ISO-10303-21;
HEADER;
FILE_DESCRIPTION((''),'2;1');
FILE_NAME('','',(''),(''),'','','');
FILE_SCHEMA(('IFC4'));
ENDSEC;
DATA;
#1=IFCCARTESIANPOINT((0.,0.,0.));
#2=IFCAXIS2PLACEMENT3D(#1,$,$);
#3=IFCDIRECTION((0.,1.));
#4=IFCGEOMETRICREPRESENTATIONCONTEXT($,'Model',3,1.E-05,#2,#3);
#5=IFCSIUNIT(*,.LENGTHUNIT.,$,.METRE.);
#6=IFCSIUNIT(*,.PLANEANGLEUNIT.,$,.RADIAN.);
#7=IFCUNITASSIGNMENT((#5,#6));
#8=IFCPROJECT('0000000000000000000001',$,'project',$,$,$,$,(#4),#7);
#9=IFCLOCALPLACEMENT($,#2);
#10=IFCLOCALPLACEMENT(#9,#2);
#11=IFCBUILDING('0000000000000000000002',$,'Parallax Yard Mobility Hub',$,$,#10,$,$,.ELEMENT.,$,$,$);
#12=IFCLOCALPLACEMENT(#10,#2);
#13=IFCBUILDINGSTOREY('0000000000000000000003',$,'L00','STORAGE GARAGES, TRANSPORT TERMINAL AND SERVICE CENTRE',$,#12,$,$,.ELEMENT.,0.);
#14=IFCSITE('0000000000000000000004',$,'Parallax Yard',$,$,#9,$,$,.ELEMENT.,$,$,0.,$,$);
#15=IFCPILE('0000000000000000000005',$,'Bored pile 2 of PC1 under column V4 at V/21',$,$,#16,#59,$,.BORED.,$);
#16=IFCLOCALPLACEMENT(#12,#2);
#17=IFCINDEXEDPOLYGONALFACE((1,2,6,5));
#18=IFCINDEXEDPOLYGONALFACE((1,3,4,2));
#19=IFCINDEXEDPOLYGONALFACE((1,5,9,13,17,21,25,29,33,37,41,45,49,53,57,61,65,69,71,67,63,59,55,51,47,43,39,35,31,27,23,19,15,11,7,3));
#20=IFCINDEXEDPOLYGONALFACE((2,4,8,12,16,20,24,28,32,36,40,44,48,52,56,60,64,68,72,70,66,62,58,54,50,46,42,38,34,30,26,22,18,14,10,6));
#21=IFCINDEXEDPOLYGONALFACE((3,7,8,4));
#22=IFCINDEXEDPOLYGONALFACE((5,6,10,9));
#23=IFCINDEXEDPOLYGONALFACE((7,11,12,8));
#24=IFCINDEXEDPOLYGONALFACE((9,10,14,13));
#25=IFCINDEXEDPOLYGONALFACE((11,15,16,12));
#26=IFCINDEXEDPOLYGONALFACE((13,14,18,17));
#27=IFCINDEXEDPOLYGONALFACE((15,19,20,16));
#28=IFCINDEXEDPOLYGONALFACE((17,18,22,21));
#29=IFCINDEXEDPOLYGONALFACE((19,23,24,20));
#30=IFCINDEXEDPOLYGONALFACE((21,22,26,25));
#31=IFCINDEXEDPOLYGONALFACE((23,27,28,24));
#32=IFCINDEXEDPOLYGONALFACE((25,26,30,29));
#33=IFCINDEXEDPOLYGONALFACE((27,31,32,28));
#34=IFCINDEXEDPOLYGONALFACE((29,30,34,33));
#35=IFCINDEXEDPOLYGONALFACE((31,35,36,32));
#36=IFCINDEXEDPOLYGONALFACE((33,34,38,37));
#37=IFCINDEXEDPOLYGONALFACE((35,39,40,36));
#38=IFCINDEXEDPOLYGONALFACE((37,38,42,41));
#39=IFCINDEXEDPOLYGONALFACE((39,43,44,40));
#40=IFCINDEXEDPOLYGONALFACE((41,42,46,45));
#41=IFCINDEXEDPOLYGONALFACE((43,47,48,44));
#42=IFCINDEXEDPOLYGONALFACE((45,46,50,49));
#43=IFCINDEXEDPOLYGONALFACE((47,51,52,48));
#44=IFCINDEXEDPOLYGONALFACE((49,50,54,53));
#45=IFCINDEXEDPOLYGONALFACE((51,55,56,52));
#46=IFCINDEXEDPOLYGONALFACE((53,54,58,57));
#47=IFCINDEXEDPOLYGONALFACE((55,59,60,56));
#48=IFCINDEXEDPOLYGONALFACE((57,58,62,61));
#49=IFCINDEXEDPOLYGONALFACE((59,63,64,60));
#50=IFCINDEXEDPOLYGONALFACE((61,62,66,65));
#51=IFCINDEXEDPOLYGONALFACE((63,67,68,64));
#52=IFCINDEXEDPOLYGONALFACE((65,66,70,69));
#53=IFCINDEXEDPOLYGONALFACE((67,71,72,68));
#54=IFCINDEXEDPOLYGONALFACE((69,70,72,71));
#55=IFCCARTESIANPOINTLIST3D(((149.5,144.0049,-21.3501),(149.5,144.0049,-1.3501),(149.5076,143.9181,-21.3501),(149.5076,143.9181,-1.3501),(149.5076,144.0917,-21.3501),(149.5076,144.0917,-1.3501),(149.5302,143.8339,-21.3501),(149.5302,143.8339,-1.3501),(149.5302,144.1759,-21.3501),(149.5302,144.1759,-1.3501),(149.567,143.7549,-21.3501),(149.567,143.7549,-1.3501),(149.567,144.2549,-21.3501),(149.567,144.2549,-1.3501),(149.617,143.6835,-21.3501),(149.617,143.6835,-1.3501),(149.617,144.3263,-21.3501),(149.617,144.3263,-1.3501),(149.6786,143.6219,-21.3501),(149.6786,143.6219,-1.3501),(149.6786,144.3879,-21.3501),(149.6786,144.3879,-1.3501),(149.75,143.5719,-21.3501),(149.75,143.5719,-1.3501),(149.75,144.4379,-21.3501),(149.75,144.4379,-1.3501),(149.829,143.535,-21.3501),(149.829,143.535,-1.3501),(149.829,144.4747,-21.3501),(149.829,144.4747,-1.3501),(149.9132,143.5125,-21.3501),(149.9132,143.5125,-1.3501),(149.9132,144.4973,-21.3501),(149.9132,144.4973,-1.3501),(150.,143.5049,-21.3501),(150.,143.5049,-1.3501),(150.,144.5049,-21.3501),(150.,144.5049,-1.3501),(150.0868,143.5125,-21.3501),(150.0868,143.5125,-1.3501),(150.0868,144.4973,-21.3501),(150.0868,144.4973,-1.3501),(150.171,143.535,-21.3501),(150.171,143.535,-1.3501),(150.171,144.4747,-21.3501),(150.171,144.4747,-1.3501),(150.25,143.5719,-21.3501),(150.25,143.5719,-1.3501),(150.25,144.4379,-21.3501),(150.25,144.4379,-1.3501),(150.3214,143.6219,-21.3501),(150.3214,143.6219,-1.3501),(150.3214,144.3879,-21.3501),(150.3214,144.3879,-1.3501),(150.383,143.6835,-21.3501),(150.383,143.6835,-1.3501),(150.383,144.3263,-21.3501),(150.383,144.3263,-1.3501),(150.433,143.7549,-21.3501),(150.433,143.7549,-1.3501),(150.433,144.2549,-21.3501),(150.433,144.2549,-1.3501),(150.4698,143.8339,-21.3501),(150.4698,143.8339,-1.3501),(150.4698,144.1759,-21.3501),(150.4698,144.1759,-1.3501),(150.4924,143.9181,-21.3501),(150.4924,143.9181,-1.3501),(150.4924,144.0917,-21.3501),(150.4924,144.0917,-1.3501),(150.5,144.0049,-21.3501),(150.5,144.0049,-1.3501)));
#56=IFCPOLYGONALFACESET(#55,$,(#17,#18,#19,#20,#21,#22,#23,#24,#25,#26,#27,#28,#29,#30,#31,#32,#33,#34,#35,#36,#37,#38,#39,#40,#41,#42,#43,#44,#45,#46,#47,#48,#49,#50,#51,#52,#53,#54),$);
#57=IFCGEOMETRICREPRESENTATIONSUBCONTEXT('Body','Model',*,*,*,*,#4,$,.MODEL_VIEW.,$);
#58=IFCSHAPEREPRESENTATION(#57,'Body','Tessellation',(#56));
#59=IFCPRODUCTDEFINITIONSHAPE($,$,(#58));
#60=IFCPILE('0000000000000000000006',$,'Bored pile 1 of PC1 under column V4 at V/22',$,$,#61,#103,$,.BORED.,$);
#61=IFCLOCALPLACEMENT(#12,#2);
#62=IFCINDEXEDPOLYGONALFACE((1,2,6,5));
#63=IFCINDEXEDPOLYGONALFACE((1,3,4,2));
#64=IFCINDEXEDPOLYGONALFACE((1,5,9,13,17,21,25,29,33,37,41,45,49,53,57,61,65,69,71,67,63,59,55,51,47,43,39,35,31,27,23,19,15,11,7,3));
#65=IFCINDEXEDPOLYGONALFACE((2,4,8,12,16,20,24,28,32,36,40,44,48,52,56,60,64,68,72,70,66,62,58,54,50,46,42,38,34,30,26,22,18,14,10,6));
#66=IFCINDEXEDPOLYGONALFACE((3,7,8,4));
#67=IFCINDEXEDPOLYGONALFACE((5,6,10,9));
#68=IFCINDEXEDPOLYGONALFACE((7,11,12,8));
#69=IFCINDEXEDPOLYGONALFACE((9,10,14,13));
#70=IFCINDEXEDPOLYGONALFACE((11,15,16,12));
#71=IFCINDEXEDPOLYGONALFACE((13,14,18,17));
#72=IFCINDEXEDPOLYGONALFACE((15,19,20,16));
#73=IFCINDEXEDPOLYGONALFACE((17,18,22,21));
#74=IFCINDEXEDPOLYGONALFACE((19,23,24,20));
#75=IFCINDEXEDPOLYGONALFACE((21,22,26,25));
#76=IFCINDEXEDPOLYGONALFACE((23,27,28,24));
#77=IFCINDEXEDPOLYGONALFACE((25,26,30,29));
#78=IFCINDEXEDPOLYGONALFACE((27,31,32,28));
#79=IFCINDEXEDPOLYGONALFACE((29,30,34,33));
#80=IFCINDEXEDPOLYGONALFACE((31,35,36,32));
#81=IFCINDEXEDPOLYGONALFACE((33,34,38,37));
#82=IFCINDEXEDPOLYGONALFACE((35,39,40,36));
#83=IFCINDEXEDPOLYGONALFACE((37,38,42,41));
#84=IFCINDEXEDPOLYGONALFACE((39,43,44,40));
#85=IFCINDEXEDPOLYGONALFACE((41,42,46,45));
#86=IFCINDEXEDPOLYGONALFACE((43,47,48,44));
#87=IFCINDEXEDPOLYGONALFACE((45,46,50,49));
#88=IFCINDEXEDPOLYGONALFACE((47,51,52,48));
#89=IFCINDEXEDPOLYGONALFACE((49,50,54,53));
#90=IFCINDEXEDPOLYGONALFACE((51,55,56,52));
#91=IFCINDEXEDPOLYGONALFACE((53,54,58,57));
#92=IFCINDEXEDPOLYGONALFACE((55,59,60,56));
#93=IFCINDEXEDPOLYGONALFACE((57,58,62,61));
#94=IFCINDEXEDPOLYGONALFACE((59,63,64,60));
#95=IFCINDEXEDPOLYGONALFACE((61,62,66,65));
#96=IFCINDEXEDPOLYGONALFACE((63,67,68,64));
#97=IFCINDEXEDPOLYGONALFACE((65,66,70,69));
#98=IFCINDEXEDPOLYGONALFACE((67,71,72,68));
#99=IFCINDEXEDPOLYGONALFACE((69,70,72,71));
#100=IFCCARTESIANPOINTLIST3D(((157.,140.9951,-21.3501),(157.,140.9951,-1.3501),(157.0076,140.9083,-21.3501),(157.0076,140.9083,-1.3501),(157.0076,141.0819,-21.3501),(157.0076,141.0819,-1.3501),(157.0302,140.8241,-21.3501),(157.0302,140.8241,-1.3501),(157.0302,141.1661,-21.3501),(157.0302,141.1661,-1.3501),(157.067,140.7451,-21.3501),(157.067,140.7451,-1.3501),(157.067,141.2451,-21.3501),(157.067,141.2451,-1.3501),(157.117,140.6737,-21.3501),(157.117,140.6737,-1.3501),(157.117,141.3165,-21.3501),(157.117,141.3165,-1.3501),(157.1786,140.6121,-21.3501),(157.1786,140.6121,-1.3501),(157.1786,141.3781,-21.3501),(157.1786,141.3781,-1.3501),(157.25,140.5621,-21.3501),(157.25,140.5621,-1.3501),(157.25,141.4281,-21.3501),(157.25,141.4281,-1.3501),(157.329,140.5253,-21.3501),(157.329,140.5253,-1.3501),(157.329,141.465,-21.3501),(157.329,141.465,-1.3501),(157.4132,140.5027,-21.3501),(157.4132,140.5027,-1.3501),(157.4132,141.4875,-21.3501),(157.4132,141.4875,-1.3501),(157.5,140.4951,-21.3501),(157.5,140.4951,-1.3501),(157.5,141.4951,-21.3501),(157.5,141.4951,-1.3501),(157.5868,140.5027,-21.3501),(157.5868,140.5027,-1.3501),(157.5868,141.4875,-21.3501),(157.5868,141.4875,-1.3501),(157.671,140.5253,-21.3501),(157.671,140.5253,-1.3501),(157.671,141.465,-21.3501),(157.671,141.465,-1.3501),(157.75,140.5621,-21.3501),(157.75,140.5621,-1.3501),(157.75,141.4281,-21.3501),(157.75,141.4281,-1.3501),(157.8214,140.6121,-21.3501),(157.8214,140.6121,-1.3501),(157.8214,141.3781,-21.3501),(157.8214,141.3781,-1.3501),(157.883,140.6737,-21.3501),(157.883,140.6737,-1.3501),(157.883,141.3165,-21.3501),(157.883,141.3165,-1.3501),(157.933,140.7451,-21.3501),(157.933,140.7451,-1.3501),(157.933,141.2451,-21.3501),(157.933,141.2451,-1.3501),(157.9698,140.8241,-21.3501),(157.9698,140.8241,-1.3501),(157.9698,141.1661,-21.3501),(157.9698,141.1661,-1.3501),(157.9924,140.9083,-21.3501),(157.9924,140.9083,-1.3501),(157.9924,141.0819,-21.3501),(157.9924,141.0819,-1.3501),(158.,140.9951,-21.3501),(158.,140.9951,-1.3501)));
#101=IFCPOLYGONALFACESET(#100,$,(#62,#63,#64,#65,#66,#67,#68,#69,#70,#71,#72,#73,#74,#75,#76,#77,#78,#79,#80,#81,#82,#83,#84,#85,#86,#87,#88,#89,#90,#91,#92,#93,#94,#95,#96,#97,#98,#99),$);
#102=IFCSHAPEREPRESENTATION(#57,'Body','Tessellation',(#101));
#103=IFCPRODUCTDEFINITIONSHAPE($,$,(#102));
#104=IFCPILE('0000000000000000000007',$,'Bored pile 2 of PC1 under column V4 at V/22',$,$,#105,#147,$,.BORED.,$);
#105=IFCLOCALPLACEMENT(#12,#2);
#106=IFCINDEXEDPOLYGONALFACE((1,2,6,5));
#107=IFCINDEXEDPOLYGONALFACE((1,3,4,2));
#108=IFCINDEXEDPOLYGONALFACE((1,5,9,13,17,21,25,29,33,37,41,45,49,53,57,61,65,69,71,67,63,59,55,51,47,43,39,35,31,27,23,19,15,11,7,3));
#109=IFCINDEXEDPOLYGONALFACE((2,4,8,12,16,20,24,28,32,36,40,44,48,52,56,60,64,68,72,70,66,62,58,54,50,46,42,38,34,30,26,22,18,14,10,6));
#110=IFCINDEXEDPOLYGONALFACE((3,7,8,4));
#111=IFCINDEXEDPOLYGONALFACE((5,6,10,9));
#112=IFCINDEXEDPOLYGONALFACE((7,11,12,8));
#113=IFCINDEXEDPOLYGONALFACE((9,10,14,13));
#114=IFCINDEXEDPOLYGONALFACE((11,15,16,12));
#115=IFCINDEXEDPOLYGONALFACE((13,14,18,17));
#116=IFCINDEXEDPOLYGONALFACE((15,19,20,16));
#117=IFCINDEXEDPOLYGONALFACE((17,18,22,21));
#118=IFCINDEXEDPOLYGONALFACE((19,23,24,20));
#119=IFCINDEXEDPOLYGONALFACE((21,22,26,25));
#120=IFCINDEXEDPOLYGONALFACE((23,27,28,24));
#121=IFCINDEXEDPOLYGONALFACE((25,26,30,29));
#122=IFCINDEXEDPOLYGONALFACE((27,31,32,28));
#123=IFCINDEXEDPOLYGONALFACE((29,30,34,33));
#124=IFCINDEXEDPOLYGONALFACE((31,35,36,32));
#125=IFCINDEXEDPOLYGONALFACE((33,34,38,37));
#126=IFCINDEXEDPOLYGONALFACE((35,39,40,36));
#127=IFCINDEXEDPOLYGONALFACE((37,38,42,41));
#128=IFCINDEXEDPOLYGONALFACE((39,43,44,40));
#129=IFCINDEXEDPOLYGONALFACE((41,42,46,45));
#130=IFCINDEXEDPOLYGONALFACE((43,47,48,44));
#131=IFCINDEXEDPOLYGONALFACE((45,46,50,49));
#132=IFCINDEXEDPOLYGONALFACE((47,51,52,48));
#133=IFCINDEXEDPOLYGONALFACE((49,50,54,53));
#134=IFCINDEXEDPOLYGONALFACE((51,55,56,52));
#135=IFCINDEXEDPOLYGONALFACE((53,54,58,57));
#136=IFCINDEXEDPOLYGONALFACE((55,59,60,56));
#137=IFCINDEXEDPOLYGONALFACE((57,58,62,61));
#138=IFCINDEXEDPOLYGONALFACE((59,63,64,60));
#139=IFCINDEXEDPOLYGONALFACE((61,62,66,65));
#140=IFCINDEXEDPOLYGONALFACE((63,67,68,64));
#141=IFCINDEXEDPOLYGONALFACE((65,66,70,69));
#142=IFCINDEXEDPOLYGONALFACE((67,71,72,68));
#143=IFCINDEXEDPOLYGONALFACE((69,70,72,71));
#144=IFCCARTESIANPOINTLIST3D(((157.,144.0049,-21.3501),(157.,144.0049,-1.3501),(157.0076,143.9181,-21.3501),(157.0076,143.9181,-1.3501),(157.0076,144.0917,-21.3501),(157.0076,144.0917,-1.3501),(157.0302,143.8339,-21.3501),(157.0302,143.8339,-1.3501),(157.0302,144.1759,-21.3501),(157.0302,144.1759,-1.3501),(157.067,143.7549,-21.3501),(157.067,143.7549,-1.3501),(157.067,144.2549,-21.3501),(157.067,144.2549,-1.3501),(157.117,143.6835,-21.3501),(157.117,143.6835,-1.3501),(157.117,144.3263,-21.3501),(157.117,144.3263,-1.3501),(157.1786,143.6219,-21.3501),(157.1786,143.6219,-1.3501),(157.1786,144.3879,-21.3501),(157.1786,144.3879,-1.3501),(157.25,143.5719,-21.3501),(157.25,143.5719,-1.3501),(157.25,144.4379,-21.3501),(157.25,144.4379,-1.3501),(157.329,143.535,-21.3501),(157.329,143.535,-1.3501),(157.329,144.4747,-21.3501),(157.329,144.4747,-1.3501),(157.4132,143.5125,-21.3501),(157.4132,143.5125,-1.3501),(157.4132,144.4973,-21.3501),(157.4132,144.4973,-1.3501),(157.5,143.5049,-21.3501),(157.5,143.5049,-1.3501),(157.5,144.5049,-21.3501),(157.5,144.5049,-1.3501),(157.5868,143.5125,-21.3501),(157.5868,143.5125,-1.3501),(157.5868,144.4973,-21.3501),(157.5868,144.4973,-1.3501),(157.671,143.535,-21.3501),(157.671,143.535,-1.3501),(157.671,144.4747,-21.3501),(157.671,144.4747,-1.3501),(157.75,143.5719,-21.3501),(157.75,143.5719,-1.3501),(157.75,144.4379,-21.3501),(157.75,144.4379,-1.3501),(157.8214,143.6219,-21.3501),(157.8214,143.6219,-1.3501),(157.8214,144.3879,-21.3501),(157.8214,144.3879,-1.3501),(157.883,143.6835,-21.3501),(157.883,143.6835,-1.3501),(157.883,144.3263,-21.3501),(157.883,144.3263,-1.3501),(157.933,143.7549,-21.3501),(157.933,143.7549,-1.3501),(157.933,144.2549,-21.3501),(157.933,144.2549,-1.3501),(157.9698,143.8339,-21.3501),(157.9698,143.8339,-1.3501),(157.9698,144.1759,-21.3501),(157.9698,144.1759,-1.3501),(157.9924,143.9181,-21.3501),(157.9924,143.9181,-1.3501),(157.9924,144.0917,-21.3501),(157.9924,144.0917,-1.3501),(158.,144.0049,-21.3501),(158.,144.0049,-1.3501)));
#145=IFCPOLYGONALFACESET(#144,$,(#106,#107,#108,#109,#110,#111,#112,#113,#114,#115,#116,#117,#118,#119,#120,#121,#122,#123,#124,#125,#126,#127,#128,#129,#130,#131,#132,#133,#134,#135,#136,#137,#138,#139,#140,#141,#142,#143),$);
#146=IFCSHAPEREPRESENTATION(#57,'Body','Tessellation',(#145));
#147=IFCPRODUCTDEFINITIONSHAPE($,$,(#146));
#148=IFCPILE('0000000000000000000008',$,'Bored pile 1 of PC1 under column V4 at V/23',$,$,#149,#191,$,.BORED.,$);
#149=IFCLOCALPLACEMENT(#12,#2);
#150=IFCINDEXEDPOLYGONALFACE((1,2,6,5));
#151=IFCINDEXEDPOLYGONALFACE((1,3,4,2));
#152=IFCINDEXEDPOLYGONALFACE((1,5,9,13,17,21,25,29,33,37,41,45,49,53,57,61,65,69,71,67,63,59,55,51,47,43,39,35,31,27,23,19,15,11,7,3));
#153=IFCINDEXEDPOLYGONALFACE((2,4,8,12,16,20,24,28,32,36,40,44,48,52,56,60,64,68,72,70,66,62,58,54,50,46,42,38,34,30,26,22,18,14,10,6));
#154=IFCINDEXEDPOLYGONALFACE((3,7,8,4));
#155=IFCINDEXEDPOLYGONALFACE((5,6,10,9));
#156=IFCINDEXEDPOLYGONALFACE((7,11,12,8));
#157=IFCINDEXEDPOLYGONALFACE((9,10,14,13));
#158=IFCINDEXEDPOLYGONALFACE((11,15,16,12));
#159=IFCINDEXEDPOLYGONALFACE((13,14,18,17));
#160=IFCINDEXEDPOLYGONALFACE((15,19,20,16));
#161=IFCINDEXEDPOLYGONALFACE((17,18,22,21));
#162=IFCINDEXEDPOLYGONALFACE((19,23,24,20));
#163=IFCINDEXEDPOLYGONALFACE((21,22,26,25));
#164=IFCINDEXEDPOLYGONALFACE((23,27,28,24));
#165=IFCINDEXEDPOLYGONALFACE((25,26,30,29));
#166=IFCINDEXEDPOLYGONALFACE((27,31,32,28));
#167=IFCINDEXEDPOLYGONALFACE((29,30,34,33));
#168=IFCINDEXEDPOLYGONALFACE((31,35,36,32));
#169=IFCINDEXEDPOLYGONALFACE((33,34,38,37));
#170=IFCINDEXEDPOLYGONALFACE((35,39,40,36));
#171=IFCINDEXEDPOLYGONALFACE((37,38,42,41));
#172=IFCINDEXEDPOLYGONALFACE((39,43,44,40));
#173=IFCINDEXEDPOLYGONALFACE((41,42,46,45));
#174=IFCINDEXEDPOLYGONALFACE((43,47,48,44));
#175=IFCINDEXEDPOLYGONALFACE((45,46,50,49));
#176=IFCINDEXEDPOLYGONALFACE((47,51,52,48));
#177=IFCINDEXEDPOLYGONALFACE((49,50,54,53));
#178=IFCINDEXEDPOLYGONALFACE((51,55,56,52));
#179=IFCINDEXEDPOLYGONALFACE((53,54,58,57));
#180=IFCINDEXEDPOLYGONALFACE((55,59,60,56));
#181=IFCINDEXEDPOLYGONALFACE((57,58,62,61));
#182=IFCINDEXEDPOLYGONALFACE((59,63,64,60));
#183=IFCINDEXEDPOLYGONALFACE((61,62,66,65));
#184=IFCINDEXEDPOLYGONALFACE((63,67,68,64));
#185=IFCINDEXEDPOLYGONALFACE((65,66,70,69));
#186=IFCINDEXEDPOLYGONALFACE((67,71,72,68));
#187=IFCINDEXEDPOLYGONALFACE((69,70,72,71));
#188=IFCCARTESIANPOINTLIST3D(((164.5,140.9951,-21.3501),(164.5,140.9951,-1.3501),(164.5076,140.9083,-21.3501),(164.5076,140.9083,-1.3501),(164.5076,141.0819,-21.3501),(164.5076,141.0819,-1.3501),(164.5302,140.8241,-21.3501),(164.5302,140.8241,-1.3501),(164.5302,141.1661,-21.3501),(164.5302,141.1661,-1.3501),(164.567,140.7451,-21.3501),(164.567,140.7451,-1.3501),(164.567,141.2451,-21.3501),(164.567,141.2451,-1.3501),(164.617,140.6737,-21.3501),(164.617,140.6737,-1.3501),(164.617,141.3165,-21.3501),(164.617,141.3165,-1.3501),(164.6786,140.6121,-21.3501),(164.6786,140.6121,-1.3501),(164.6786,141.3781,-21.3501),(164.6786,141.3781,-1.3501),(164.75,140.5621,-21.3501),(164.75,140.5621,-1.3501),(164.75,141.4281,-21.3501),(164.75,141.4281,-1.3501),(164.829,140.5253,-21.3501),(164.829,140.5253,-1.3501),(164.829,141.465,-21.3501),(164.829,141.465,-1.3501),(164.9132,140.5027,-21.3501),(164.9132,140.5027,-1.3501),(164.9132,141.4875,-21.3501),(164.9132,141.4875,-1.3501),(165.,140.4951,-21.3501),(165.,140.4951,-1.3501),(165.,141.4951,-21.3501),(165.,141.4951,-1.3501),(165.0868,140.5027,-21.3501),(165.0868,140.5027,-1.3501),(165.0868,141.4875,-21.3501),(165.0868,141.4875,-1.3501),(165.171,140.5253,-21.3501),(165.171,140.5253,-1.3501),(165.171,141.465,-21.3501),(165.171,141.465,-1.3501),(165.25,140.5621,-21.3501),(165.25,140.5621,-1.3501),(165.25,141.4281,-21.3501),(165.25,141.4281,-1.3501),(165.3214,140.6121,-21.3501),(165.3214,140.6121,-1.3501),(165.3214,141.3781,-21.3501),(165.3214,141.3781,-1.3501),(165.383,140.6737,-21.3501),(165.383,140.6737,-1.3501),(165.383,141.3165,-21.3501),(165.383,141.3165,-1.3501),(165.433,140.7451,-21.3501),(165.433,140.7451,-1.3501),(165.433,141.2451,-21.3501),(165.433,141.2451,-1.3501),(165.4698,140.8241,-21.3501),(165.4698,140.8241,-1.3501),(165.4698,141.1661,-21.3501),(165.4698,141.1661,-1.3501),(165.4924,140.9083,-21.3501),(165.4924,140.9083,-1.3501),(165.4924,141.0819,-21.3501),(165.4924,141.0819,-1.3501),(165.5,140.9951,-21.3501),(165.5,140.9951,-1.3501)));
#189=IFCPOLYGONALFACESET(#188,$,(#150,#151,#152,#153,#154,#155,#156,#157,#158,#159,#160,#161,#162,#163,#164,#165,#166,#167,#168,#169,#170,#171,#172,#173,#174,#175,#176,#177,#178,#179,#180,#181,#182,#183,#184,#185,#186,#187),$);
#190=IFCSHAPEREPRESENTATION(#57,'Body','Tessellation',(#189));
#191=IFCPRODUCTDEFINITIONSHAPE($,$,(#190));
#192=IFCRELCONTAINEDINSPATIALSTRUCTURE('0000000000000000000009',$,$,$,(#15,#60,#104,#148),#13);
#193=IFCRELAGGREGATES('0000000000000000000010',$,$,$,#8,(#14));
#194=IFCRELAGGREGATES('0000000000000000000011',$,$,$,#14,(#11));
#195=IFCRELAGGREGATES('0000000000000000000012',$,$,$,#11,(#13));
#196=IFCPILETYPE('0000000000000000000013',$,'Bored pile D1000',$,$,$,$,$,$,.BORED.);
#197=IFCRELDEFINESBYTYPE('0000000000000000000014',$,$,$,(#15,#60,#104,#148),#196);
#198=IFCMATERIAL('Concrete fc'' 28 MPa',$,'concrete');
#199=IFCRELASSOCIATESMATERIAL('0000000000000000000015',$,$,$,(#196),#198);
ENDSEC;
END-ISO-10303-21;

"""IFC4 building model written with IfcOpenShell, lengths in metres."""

from ifc_helpers import new_model, si_unit, direction, frame, origin, origin_2d, place, context, subcontext, project, spatial, circle, extrude, material, material_profile, profile_set, type_object, element, save


model = new_model("IFC4")

# Units and contexts
model_context = context("Model", 3, precision=1e-05, world=origin(), true_north=direction((0.0, 1.0)))
body_context = subcontext(model_context, "Body", "Model", "MODEL_VIEW")
ifc_project = project(units=[si_unit("LENGTHUNIT", "METRE"), si_unit("PLANEANGLEUNIT", "RADIAN")], contexts=[model_context])

# Site, building, storey
site_placement = place(None, origin())
site = spatial("IfcSite", under=ifc_project, at=site_placement, Name="Parallax Yard", CompositionType="ELEMENT", RefElevation=0.0)
building_placement = place(site_placement, origin())
building = spatial("IfcBuilding", under=site, at=building_placement, Name="Parallax Yard Mobility Hub", CompositionType="ELEMENT")
storey_placement = place(building_placement, origin())
storey = spatial("IfcBuildingStorey", under=building, at=storey_placement, Name="L00", Description="STORAGE GARAGES, TRANSPORT TERMINAL AND SERVICE CENTRE", CompositionType="ELEMENT", Elevation=0.0)

# Piles
ifc_material_1 = material(Name="Concrete fc' 28 MPa", Category="concrete")
ifc_material_profile_1 = material_profile(ifc_material_1, circle(Radius=0.5, at=origin_2d()), Name="Bored pile D1000")
ifc_profile_set_1 = profile_set([ifc_material_profile_1], Name="Concrete fc' 28 MPa")
pile_type = type_object("IfcPileType", Name="Bored pile D1000", PredefinedType="BORED", material=ifc_profile_set_1)
for number, where, z_axis, x_axis, name in (
    (1, (150.0, 144.0049, -1.3501), (0.0, 0.0, -1.0), (1.0, 0.0, 0.0), "Bored pile 2 of PC1 under column V4 at V/21"),
    (2, (157.5, 140.9951, -1.3501), (0.0, 0.0, -1.0), (1.0, 0.0, 0.0), "Bored pile 1 of PC1 under column V4 at V/22"),
    (3, (157.5, 144.0049, -1.3501), (0.0, 0.0, -1.0), (1.0, 0.0, 0.0), "Bored pile 2 of PC1 under column V4 at V/22"),
    (4, (165.0, 140.9951, -1.3501), (0.0, 0.0, -1.0), (1.0, 0.0, 0.0), "Bored pile 1 of PC1 under column V4 at V/23"),
):
    element("IfcPile", number, at=place(storey_placement, frame(where, z_axis=z_axis, x_axis=x_axis)), inside=storey, type_object=pile_type, Name=name, PredefinedType="BORED", context=body_context, shape_type="SweptSolid", body=[
        extrude(circle(Radius=0.5, at=origin_2d()), origin(), (0.0, 0.0, 1.0), 20.0),
    ])

save(model, "model.ifc")
